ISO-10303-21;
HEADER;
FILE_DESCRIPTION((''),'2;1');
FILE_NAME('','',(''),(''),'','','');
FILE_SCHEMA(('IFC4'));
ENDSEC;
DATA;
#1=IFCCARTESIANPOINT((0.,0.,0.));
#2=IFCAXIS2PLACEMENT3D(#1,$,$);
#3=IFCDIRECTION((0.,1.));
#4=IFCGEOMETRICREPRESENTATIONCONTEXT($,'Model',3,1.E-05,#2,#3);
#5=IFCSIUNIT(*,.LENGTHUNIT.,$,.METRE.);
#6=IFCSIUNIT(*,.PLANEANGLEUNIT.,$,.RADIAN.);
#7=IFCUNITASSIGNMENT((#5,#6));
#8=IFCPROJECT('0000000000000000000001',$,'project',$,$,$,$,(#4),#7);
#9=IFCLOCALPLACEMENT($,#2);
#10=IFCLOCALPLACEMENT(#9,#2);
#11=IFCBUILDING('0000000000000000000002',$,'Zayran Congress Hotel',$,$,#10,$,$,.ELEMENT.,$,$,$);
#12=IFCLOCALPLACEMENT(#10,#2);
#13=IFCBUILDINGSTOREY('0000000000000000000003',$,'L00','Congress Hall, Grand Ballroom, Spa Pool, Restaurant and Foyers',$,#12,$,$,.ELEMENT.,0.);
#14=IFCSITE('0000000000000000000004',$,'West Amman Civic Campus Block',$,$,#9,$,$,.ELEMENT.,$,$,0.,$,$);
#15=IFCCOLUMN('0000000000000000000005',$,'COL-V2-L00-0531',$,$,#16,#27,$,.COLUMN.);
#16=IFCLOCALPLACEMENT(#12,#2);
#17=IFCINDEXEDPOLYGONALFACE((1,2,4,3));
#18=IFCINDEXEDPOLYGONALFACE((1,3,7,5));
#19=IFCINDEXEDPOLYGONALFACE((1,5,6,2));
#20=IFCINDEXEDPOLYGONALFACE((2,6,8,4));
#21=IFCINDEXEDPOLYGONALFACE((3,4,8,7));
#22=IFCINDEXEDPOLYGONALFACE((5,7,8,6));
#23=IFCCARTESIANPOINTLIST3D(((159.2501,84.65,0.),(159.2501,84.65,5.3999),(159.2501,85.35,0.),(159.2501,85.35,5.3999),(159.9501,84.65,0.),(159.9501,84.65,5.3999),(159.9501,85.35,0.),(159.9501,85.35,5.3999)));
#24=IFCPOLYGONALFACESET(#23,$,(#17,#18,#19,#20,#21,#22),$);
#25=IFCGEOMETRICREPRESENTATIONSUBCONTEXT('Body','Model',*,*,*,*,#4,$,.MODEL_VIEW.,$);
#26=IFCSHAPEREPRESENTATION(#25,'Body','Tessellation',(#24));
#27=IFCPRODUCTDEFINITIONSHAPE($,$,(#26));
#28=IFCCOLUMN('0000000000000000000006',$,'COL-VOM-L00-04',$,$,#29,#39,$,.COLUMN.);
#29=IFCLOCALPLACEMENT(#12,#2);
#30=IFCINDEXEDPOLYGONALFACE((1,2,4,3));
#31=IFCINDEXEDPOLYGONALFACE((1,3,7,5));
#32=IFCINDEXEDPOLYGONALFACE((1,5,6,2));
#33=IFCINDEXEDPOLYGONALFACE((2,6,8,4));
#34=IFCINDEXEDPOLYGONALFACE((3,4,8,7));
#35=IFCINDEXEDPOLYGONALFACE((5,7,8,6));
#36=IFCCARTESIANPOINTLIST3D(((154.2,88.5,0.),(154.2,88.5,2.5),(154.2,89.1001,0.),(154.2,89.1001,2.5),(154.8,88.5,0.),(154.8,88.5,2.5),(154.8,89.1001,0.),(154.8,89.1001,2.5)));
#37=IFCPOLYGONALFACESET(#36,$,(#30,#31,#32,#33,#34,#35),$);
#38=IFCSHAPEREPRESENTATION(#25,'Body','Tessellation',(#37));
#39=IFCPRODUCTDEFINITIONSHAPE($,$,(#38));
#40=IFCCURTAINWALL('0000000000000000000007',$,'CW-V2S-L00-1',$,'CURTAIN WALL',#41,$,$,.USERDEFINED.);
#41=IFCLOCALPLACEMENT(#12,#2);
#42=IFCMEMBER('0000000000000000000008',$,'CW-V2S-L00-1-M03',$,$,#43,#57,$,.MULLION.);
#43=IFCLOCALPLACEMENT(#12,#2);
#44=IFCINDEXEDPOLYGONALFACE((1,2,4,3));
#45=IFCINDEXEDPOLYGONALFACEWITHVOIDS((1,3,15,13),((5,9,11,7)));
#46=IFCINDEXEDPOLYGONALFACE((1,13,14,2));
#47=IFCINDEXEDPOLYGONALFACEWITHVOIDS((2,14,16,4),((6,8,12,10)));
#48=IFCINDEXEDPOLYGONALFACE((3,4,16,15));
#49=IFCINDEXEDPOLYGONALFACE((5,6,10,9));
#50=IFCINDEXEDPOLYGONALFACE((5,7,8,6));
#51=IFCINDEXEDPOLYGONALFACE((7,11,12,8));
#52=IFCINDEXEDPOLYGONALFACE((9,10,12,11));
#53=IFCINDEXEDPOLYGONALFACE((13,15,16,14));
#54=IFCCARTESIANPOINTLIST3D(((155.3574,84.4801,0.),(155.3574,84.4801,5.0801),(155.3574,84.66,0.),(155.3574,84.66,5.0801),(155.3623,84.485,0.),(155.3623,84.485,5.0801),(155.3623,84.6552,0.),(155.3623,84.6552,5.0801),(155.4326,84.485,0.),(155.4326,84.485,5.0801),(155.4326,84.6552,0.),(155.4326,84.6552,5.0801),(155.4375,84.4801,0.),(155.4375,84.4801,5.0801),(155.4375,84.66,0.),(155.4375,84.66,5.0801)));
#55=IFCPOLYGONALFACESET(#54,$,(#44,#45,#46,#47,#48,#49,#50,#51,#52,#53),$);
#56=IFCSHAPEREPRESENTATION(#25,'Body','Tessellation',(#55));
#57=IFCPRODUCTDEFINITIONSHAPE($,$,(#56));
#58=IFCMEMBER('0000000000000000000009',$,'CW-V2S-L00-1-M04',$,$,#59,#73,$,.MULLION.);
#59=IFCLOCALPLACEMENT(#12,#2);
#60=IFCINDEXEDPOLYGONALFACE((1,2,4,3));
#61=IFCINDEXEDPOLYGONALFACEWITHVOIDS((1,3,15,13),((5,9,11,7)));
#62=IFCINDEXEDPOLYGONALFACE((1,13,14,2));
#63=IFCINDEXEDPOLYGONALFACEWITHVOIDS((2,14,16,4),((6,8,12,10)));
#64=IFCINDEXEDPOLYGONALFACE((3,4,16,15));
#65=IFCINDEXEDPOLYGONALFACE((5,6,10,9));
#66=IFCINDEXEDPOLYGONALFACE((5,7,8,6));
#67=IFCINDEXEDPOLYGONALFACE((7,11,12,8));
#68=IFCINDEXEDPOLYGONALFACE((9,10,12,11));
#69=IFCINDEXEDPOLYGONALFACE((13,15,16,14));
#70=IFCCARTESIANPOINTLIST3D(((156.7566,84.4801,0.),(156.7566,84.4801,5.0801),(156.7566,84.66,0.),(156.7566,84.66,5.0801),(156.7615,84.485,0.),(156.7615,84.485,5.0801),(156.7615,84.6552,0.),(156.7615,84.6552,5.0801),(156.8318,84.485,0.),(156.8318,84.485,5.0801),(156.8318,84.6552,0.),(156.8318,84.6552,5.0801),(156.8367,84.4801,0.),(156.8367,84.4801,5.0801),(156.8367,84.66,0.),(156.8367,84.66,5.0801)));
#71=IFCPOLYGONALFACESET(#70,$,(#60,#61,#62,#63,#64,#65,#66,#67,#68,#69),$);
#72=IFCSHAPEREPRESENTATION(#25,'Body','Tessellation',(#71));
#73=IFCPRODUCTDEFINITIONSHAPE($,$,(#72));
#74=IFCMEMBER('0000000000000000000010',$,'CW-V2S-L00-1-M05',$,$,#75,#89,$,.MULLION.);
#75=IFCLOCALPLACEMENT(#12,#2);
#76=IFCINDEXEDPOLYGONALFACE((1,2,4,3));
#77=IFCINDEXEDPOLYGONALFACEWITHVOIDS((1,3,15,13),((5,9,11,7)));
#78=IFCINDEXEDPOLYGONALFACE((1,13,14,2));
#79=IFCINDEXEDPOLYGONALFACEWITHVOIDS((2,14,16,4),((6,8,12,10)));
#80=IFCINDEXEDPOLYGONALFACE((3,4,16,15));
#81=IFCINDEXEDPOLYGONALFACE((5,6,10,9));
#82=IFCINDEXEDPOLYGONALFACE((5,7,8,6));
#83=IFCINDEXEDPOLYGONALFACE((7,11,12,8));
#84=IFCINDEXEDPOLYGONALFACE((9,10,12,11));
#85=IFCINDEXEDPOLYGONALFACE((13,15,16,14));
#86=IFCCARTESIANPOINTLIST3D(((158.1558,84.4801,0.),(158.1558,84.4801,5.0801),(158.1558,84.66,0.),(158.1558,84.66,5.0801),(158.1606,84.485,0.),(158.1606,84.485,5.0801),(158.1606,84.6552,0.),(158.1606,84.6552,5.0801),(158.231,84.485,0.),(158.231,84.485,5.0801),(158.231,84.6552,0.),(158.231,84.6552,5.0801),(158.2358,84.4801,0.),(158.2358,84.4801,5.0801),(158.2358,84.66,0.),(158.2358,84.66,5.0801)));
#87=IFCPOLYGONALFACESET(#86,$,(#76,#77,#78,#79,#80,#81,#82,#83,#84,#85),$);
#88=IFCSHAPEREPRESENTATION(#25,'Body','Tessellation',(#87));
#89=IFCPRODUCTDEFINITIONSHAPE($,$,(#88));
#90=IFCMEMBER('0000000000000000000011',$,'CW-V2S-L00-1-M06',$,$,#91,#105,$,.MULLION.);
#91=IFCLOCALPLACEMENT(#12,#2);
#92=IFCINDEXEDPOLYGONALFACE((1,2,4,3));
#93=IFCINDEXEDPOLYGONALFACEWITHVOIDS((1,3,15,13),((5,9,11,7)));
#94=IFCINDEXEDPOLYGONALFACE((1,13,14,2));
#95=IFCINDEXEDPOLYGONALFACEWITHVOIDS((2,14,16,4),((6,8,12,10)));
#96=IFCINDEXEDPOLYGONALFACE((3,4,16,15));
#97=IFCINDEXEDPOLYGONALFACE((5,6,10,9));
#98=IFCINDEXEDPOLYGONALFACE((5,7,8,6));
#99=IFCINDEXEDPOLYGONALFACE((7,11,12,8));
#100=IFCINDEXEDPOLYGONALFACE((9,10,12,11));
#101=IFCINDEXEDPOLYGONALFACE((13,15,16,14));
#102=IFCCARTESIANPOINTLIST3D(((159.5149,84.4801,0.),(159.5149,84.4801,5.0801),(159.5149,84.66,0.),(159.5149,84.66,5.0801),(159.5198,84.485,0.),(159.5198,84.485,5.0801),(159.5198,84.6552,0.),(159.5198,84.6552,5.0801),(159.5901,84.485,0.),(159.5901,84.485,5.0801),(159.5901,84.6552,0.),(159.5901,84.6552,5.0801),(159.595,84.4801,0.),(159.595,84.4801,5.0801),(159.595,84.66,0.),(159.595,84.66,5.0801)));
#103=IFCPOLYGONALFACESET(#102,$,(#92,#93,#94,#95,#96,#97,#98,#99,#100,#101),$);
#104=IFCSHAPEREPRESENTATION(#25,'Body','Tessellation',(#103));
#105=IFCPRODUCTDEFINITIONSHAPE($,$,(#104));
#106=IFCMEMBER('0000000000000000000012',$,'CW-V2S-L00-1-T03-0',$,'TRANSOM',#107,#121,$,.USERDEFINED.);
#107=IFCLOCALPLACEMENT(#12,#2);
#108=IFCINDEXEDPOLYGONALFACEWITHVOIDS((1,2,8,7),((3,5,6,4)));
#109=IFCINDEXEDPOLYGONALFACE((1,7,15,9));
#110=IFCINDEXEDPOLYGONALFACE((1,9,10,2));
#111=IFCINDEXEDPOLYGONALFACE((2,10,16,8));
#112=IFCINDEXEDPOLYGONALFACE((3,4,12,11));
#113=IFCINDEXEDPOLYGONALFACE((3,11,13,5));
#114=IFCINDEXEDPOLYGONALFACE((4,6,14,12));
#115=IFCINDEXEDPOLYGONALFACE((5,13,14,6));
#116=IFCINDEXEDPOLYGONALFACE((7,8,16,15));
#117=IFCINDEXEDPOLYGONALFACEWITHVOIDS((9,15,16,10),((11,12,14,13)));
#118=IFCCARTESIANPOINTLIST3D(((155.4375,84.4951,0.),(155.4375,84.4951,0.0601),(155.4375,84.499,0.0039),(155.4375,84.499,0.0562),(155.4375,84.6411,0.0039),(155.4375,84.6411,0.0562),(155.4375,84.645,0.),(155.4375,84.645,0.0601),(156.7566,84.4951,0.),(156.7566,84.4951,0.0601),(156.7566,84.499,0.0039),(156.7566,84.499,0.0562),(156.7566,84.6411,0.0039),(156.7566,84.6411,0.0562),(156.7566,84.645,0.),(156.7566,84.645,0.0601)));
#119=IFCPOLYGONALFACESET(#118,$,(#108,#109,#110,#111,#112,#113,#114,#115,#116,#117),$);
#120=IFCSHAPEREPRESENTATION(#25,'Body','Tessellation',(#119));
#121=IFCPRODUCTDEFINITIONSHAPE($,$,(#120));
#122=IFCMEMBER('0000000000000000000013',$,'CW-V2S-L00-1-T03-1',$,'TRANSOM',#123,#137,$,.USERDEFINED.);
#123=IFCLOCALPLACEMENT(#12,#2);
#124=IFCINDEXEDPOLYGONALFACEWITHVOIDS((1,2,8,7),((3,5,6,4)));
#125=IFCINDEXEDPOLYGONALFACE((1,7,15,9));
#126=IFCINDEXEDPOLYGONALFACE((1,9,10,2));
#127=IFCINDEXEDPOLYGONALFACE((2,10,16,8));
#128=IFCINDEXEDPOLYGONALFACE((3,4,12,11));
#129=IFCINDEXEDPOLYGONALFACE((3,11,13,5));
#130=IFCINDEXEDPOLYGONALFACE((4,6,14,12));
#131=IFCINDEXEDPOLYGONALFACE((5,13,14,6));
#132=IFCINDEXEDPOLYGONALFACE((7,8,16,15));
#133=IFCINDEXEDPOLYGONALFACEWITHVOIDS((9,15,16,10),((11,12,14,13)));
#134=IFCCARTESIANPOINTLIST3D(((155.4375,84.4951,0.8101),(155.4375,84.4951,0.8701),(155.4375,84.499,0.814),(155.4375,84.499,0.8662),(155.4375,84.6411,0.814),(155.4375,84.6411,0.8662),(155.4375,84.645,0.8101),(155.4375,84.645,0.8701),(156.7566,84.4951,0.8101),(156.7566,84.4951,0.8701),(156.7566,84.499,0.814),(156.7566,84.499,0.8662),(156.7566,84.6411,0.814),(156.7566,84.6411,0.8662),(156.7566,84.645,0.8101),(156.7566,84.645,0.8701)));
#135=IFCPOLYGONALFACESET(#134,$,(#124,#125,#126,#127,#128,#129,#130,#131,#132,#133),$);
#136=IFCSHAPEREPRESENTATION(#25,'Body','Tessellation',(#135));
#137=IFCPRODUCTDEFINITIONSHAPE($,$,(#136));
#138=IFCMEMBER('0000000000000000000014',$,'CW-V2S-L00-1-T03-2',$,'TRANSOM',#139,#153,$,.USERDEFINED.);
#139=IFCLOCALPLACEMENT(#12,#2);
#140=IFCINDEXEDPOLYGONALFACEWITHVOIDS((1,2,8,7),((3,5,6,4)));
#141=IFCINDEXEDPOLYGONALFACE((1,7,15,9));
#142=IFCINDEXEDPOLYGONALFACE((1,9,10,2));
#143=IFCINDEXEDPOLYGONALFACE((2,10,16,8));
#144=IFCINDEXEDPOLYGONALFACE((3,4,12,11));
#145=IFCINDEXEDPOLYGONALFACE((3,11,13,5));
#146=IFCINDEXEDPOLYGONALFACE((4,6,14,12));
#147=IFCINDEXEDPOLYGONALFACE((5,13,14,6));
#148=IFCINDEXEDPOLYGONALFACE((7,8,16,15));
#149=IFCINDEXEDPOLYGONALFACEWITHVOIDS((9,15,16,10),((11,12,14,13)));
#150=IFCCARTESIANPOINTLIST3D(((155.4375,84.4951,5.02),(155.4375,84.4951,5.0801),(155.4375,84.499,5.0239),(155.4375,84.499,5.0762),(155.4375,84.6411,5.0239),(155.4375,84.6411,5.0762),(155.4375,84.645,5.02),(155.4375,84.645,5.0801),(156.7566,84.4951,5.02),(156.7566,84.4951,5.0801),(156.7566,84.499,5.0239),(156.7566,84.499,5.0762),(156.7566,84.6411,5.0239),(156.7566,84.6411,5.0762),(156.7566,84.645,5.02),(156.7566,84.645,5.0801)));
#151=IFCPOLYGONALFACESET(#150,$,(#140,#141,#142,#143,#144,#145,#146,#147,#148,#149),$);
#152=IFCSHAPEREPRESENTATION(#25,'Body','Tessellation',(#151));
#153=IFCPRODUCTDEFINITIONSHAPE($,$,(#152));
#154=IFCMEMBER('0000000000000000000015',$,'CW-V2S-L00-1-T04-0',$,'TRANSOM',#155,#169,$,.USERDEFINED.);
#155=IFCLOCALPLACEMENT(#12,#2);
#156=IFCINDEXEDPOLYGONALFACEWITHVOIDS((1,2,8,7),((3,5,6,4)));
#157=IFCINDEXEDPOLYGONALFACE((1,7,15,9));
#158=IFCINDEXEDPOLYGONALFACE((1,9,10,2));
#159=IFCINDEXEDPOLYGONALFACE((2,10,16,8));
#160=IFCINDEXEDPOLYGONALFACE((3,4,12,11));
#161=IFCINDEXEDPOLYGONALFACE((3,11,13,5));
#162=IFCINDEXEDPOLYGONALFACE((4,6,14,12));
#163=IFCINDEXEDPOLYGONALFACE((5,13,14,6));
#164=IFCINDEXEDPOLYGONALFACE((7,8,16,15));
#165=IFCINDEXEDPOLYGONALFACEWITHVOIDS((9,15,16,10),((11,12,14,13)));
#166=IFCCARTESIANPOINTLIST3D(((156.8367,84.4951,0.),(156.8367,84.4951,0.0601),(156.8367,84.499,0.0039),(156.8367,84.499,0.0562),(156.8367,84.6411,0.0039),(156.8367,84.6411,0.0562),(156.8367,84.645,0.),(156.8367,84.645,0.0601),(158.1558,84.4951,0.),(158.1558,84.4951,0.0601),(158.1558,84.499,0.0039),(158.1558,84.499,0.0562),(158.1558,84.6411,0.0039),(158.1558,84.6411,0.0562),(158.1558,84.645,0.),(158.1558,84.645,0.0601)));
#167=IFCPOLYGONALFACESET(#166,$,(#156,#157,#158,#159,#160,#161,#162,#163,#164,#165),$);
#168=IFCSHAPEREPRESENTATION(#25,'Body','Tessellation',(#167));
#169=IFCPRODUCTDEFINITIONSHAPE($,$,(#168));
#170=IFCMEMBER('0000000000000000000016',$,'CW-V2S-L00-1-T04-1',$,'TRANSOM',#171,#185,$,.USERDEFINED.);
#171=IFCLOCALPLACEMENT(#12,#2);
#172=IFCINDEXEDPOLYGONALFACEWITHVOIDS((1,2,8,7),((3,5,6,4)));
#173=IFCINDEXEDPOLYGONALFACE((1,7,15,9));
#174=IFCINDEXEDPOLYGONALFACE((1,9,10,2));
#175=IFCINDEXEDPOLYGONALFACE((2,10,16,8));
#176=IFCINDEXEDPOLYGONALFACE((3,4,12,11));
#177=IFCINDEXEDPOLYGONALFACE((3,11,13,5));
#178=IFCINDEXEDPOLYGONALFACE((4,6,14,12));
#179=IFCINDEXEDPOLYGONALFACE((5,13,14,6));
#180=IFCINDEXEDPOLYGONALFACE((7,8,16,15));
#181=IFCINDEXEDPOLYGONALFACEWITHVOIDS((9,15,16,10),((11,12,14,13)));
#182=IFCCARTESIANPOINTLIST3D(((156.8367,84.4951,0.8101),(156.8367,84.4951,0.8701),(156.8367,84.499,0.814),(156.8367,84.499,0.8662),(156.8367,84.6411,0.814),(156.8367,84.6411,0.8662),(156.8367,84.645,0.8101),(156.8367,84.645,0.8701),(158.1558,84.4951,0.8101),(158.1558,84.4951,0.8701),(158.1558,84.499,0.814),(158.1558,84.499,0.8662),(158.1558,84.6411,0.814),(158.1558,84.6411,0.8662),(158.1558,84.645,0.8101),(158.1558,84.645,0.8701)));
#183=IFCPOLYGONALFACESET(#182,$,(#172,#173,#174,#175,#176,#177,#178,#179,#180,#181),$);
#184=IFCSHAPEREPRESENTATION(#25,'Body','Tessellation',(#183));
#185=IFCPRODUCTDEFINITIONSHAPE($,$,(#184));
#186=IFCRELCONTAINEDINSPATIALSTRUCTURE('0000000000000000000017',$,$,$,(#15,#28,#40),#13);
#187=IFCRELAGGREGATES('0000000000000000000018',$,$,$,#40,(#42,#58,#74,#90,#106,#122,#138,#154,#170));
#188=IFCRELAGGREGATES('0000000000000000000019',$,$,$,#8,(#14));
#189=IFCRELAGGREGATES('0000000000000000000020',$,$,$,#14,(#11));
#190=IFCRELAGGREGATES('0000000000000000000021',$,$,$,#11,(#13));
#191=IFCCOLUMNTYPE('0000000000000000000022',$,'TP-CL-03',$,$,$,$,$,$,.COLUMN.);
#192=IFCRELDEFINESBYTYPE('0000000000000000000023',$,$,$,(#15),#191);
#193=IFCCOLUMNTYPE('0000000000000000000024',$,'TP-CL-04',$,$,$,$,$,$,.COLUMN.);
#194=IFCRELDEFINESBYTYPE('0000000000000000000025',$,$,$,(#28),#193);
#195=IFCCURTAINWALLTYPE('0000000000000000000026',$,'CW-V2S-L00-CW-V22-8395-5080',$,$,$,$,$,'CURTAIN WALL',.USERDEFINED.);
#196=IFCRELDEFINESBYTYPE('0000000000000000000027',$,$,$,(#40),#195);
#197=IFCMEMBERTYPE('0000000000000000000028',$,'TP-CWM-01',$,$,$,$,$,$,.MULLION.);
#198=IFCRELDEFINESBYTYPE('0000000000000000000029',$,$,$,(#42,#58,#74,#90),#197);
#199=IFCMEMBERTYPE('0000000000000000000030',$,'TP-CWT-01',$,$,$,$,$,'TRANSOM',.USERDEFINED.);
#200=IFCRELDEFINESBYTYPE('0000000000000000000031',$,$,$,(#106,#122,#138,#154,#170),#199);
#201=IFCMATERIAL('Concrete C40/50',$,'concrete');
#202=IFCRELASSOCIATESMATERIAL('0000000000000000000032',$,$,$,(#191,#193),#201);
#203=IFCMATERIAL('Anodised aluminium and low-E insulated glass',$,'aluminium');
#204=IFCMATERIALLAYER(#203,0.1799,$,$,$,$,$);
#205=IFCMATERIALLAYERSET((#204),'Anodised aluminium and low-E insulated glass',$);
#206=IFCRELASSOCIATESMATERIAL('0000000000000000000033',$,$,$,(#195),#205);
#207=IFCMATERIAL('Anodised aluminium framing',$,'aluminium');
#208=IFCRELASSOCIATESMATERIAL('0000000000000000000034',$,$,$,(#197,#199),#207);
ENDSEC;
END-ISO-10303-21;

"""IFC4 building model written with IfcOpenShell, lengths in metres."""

from ifc_helpers import new_model, si_unit, direction, frame, origin, origin_2d, place, context, subcontext, project, spatial, rectangle, hollow_rectangle, extrude, material, layer, layer_set, material_profile, profile_set, type_object, element, aggregate, save


model = new_model("IFC4")

# Units and contexts
model_context = context("Model", 3, precision=1e-05, world=origin(), true_north=direction((0.0, 1.0)))
body_context = subcontext(model_context, "Body", "Model", "MODEL_VIEW")
ifc_project = project(units=[si_unit("LENGTHUNIT", "METRE"), si_unit("PLANEANGLEUNIT", "RADIAN")], contexts=[model_context])

# Site, building, storey
site_placement = place(None, origin())
site = spatial("IfcSite", under=ifc_project, at=site_placement, Name="West Amman Civic Campus Block", CompositionType="ELEMENT", RefElevation=0.0)
building_placement = place(site_placement, origin())
building = spatial("IfcBuilding", under=site, at=building_placement, Name="Zayran Congress Hotel", CompositionType="ELEMENT")
storey_placement = place(building_placement, origin())
storey = spatial("IfcBuildingStorey", under=building, at=storey_placement, Name="L00", Description="Congress Hall, Grand Ballroom, Spa Pool, Restaurant and Foyers", CompositionType="ELEMENT", Elevation=0.0)

# Columns
ifc_material_1 = material(Name="Concrete C40/50", Category="concrete")
ifc_material_profile_1 = material_profile(ifc_material_1, rectangle(XDim=0.7, YDim=0.7, at=origin_2d()), Name="RC 700x700")
ifc_profile_set_1 = profile_set([ifc_material_profile_1], Name="Concrete C40/50")
column_type_1 = type_object("IfcColumnType", Name="TP-CL-03", PredefinedType="COLUMN", material=ifc_profile_set_1)
column_1_placement = place(storey_placement, frame((159.6001, 85.0, 0.0), z_axis=(0.0, 0.0, 1.0), x_axis=(1.0, 0.0, 0.0)))
element("IfcColumn", 1, at=column_1_placement, inside=storey, type_object=column_type_1, Name="COL-V2-L00-0531", PredefinedType="COLUMN", context=body_context, shape_type="SweptSolid", body=[
    extrude(rectangle(XDim=0.7, YDim=0.7, at=origin_2d()), origin(), (0.0, 0.0, 1.0), 5.3999),
])
ifc_material_profile_2 = material_profile(ifc_material_1, rectangle(XDim=0.6001, YDim=0.6001, at=origin_2d()), Name="RC 600x600")
ifc_profile_set_2 = profile_set([ifc_material_profile_2], Name="Concrete C40/50")
column_type_2 = type_object("IfcColumnType", Name="TP-CL-04", PredefinedType="COLUMN", material=ifc_profile_set_2)
column_2_placement = place(storey_placement, frame((154.5, 88.8, 0.0), z_axis=(0.0, 0.0, 1.0), x_axis=(1.0, 0.0, 0.0)))
element("IfcColumn", 2, at=column_2_placement, inside=storey, type_object=column_type_2, Name="COL-VOM-L00-04", PredefinedType="COLUMN", context=body_context, shape_type="SweptSolid", body=[
    extrude(rectangle(XDim=0.6001, YDim=0.6001, at=origin_2d()), origin(), (0.0, 0.0, 1.0), 2.5),
])

# Curtain wall, members
ifc_material_2 = material(Name="Anodised aluminium and low-E insulated glass", Category="aluminium")
ifc_layer_1 = layer(ifc_material_2, 0.1799)
ifc_layer_set_1 = layer_set([ifc_layer_1], Name="Anodised aluminium and low-E insulated glass")
curtain_wall_type = type_object("IfcCurtainWallType", Name="CW-V2S-L00-CW-V22-8395-5080", ElementType="CURTAIN WALL", PredefinedType="USERDEFINED", material=ifc_layer_set_1)
curtain_wall_placement = place(storey_placement, origin())
curtain_wall = element("IfcCurtainWall", 3, at=curtain_wall_placement, inside=storey, type_object=curtain_wall_type, Name="CW-V2S-L00-1", ObjectType="CURTAIN WALL", PredefinedType="USERDEFINED")
ifc_material_3 = material(Name="Anodised aluminium framing", Category="aluminium")
ifc_material_profile_3 = material_profile(ifc_material_3, hollow_rectangle(XDim=0.0801, YDim=0.1799, WallThickness=0.0049, at=origin_2d()), Name="RHS 180x80x5")
ifc_profile_set_3 = profile_set([ifc_material_profile_3], Name="Anodised aluminium framing")
member_type_1 = type_object("IfcMemberType", Name="TP-CWM-01", PredefinedType="MULLION", material=ifc_profile_set_3)
member_1_placement = place(storey_placement, frame((155.3975, 84.5701, 0.0), z_axis=(0.0, 0.0, 1.0), x_axis=(1.0, 0.0, 0.0)))
member_1 = element("IfcMember", 4, at=member_1_placement, type_object=member_type_1, Name="CW-V2S-L00-1-M03", PredefinedType="MULLION", context=body_context, shape_type="SweptSolid", body=[
    extrude(hollow_rectangle(XDim=0.0801, YDim=0.1799, WallThickness=0.0049, at=origin_2d()), origin(), (0.0, 0.0, 1.0), 5.0801),
])
member_2_placement = place(storey_placement, frame((156.7966, 84.5701, 0.0), z_axis=(0.0, 0.0, 1.0), x_axis=(1.0, 0.0, 0.0)))
member_2 = element("IfcMember", 5, at=member_2_placement, type_object=member_type_1, Name="CW-V2S-L00-1-M04", PredefinedType="MULLION", context=body_context, shape_type="SweptSolid", body=[
    extrude(hollow_rectangle(XDim=0.0801, YDim=0.1799, WallThickness=0.0049, at=origin_2d()), origin(), (0.0, 0.0, 1.0), 5.0801),
])
member_3_placement = place(storey_placement, frame((158.1958, 84.5701, 0.0), z_axis=(0.0, 0.0, 1.0), x_axis=(1.0, 0.0, 0.0)))
member_3 = element("IfcMember", 6, at=member_3_placement, type_object=member_type_1, Name="CW-V2S-L00-1-M05", PredefinedType="MULLION", context=body_context, shape_type="SweptSolid", body=[
    extrude(hollow_rectangle(XDim=0.0801, YDim=0.1799, WallThickness=0.0049, at=origin_2d()), origin(), (0.0, 0.0, 1.0), 5.0801),
])
member_4_placement = place(storey_placement, frame((159.5549, 84.5701, 0.0), z_axis=(0.0, 0.0, 1.0), x_axis=(1.0, 0.0, 0.0)))
member_4 = element("IfcMember", 7, at=member_4_placement, type_object=member_type_1, Name="CW-V2S-L00-1-M06", PredefinedType="MULLION", context=body_context, shape_type="SweptSolid", body=[
    extrude(hollow_rectangle(XDim=0.0801, YDim=0.1799, WallThickness=0.0049, at=origin_2d()), origin(), (0.0, 0.0, 1.0), 5.0801),
])
ifc_material_profile_4 = material_profile(ifc_material_3, hollow_rectangle(XDim=0.0601, YDim=0.1499, WallThickness=0.0039, at=origin_2d()), Name="RHS 150x60x4")
ifc_profile_set_4 = profile_set([ifc_material_profile_4], Name="Anodised aluminium framing")
member_type_2 = type_object("IfcMemberType", Name="TP-CWT-01", ElementType="TRANSOM", PredefinedType="USERDEFINED", material=ifc_profile_set_4)
member_5_placement = place(storey_placement, frame((155.4375, 84.5701, 0.03), z_axis=(1.0, 0.0, 0.0), x_axis=(0.0, 0.0, 1.0)))
member_5 = element("IfcMember", 8, at=member_5_placement, type_object=member_type_2, Name="CW-V2S-L00-1-T03-0", ObjectType="TRANSOM", PredefinedType="USERDEFINED", context=body_context, shape_type="SweptSolid", body=[
    extrude(hollow_rectangle(XDim=0.0601, YDim=0.1499, WallThickness=0.0039, at=origin_2d()), origin(), (0.0, 0.0, 1.0), 1.3191),
])
member_6_placement = place(storey_placement, frame((155.4375, 84.5701, 0.8401), z_axis=(1.0, 0.0, 0.0), x_axis=(0.0, 0.0, 1.0)))
member_6 = element("IfcMember", 9, at=member_6_placement, type_object=member_type_2, Name="CW-V2S-L00-1-T03-1", ObjectType="TRANSOM", PredefinedType="USERDEFINED", context=body_context, shape_type="SweptSolid", body=[
    extrude(hollow_rectangle(XDim=0.0601, YDim=0.1499, WallThickness=0.0039, at=origin_2d()), origin(), (0.0, 0.0, 1.0), 1.3191),
])
member_7_placement = place(storey_placement, frame((155.4375, 84.5701, 5.05), z_axis=(1.0, 0.0, 0.0), x_axis=(0.0, 0.0, 1.0)))
member_7 = element("IfcMember", 10, at=member_7_placement, type_object=member_type_2, Name="CW-V2S-L00-1-T03-2", ObjectType="TRANSOM", PredefinedType="USERDEFINED", context=body_context, shape_type="SweptSolid", body=[
    extrude(hollow_rectangle(XDim=0.0601, YDim=0.1499, WallThickness=0.0039, at=origin_2d()), origin(), (0.0, 0.0, 1.0), 1.3191),
])
member_8_placement = place(storey_placement, frame((156.8367, 84.5701, 0.03), z_axis=(1.0, 0.0, 0.0), x_axis=(0.0, 0.0, 1.0)))
member_8 = element("IfcMember", 11, at=member_8_placement, type_object=member_type_2, Name="CW-V2S-L00-1-T04-0", ObjectType="TRANSOM", PredefinedType="USERDEFINED", context=body_context, shape_type="SweptSolid", body=[
    extrude(hollow_rectangle(XDim=0.0601, YDim=0.1499, WallThickness=0.0039, at=origin_2d()), origin(), (0.0, 0.0, 1.0), 1.3191),
])
member_9_placement = place(storey_placement, frame((156.8367, 84.5701, 0.8401), z_axis=(1.0, 0.0, 0.0), x_axis=(0.0, 0.0, 1.0)))
member_9 = element("IfcMember", 12, at=member_9_placement, type_object=member_type_2, Name="CW-V2S-L00-1-T04-1", ObjectType="TRANSOM", PredefinedType="USERDEFINED", context=body_context, shape_type="SweptSolid", body=[
    extrude(hollow_rectangle(XDim=0.0601, YDim=0.1499, WallThickness=0.0039, at=origin_2d()), origin(), (0.0, 0.0, 1.0), 1.3191),
])
aggregate(curtain_wall, [member_1, member_2, member_3, member_4, member_5, member_6, member_7, member_8, member_9])

save(model, "model.ifc")
